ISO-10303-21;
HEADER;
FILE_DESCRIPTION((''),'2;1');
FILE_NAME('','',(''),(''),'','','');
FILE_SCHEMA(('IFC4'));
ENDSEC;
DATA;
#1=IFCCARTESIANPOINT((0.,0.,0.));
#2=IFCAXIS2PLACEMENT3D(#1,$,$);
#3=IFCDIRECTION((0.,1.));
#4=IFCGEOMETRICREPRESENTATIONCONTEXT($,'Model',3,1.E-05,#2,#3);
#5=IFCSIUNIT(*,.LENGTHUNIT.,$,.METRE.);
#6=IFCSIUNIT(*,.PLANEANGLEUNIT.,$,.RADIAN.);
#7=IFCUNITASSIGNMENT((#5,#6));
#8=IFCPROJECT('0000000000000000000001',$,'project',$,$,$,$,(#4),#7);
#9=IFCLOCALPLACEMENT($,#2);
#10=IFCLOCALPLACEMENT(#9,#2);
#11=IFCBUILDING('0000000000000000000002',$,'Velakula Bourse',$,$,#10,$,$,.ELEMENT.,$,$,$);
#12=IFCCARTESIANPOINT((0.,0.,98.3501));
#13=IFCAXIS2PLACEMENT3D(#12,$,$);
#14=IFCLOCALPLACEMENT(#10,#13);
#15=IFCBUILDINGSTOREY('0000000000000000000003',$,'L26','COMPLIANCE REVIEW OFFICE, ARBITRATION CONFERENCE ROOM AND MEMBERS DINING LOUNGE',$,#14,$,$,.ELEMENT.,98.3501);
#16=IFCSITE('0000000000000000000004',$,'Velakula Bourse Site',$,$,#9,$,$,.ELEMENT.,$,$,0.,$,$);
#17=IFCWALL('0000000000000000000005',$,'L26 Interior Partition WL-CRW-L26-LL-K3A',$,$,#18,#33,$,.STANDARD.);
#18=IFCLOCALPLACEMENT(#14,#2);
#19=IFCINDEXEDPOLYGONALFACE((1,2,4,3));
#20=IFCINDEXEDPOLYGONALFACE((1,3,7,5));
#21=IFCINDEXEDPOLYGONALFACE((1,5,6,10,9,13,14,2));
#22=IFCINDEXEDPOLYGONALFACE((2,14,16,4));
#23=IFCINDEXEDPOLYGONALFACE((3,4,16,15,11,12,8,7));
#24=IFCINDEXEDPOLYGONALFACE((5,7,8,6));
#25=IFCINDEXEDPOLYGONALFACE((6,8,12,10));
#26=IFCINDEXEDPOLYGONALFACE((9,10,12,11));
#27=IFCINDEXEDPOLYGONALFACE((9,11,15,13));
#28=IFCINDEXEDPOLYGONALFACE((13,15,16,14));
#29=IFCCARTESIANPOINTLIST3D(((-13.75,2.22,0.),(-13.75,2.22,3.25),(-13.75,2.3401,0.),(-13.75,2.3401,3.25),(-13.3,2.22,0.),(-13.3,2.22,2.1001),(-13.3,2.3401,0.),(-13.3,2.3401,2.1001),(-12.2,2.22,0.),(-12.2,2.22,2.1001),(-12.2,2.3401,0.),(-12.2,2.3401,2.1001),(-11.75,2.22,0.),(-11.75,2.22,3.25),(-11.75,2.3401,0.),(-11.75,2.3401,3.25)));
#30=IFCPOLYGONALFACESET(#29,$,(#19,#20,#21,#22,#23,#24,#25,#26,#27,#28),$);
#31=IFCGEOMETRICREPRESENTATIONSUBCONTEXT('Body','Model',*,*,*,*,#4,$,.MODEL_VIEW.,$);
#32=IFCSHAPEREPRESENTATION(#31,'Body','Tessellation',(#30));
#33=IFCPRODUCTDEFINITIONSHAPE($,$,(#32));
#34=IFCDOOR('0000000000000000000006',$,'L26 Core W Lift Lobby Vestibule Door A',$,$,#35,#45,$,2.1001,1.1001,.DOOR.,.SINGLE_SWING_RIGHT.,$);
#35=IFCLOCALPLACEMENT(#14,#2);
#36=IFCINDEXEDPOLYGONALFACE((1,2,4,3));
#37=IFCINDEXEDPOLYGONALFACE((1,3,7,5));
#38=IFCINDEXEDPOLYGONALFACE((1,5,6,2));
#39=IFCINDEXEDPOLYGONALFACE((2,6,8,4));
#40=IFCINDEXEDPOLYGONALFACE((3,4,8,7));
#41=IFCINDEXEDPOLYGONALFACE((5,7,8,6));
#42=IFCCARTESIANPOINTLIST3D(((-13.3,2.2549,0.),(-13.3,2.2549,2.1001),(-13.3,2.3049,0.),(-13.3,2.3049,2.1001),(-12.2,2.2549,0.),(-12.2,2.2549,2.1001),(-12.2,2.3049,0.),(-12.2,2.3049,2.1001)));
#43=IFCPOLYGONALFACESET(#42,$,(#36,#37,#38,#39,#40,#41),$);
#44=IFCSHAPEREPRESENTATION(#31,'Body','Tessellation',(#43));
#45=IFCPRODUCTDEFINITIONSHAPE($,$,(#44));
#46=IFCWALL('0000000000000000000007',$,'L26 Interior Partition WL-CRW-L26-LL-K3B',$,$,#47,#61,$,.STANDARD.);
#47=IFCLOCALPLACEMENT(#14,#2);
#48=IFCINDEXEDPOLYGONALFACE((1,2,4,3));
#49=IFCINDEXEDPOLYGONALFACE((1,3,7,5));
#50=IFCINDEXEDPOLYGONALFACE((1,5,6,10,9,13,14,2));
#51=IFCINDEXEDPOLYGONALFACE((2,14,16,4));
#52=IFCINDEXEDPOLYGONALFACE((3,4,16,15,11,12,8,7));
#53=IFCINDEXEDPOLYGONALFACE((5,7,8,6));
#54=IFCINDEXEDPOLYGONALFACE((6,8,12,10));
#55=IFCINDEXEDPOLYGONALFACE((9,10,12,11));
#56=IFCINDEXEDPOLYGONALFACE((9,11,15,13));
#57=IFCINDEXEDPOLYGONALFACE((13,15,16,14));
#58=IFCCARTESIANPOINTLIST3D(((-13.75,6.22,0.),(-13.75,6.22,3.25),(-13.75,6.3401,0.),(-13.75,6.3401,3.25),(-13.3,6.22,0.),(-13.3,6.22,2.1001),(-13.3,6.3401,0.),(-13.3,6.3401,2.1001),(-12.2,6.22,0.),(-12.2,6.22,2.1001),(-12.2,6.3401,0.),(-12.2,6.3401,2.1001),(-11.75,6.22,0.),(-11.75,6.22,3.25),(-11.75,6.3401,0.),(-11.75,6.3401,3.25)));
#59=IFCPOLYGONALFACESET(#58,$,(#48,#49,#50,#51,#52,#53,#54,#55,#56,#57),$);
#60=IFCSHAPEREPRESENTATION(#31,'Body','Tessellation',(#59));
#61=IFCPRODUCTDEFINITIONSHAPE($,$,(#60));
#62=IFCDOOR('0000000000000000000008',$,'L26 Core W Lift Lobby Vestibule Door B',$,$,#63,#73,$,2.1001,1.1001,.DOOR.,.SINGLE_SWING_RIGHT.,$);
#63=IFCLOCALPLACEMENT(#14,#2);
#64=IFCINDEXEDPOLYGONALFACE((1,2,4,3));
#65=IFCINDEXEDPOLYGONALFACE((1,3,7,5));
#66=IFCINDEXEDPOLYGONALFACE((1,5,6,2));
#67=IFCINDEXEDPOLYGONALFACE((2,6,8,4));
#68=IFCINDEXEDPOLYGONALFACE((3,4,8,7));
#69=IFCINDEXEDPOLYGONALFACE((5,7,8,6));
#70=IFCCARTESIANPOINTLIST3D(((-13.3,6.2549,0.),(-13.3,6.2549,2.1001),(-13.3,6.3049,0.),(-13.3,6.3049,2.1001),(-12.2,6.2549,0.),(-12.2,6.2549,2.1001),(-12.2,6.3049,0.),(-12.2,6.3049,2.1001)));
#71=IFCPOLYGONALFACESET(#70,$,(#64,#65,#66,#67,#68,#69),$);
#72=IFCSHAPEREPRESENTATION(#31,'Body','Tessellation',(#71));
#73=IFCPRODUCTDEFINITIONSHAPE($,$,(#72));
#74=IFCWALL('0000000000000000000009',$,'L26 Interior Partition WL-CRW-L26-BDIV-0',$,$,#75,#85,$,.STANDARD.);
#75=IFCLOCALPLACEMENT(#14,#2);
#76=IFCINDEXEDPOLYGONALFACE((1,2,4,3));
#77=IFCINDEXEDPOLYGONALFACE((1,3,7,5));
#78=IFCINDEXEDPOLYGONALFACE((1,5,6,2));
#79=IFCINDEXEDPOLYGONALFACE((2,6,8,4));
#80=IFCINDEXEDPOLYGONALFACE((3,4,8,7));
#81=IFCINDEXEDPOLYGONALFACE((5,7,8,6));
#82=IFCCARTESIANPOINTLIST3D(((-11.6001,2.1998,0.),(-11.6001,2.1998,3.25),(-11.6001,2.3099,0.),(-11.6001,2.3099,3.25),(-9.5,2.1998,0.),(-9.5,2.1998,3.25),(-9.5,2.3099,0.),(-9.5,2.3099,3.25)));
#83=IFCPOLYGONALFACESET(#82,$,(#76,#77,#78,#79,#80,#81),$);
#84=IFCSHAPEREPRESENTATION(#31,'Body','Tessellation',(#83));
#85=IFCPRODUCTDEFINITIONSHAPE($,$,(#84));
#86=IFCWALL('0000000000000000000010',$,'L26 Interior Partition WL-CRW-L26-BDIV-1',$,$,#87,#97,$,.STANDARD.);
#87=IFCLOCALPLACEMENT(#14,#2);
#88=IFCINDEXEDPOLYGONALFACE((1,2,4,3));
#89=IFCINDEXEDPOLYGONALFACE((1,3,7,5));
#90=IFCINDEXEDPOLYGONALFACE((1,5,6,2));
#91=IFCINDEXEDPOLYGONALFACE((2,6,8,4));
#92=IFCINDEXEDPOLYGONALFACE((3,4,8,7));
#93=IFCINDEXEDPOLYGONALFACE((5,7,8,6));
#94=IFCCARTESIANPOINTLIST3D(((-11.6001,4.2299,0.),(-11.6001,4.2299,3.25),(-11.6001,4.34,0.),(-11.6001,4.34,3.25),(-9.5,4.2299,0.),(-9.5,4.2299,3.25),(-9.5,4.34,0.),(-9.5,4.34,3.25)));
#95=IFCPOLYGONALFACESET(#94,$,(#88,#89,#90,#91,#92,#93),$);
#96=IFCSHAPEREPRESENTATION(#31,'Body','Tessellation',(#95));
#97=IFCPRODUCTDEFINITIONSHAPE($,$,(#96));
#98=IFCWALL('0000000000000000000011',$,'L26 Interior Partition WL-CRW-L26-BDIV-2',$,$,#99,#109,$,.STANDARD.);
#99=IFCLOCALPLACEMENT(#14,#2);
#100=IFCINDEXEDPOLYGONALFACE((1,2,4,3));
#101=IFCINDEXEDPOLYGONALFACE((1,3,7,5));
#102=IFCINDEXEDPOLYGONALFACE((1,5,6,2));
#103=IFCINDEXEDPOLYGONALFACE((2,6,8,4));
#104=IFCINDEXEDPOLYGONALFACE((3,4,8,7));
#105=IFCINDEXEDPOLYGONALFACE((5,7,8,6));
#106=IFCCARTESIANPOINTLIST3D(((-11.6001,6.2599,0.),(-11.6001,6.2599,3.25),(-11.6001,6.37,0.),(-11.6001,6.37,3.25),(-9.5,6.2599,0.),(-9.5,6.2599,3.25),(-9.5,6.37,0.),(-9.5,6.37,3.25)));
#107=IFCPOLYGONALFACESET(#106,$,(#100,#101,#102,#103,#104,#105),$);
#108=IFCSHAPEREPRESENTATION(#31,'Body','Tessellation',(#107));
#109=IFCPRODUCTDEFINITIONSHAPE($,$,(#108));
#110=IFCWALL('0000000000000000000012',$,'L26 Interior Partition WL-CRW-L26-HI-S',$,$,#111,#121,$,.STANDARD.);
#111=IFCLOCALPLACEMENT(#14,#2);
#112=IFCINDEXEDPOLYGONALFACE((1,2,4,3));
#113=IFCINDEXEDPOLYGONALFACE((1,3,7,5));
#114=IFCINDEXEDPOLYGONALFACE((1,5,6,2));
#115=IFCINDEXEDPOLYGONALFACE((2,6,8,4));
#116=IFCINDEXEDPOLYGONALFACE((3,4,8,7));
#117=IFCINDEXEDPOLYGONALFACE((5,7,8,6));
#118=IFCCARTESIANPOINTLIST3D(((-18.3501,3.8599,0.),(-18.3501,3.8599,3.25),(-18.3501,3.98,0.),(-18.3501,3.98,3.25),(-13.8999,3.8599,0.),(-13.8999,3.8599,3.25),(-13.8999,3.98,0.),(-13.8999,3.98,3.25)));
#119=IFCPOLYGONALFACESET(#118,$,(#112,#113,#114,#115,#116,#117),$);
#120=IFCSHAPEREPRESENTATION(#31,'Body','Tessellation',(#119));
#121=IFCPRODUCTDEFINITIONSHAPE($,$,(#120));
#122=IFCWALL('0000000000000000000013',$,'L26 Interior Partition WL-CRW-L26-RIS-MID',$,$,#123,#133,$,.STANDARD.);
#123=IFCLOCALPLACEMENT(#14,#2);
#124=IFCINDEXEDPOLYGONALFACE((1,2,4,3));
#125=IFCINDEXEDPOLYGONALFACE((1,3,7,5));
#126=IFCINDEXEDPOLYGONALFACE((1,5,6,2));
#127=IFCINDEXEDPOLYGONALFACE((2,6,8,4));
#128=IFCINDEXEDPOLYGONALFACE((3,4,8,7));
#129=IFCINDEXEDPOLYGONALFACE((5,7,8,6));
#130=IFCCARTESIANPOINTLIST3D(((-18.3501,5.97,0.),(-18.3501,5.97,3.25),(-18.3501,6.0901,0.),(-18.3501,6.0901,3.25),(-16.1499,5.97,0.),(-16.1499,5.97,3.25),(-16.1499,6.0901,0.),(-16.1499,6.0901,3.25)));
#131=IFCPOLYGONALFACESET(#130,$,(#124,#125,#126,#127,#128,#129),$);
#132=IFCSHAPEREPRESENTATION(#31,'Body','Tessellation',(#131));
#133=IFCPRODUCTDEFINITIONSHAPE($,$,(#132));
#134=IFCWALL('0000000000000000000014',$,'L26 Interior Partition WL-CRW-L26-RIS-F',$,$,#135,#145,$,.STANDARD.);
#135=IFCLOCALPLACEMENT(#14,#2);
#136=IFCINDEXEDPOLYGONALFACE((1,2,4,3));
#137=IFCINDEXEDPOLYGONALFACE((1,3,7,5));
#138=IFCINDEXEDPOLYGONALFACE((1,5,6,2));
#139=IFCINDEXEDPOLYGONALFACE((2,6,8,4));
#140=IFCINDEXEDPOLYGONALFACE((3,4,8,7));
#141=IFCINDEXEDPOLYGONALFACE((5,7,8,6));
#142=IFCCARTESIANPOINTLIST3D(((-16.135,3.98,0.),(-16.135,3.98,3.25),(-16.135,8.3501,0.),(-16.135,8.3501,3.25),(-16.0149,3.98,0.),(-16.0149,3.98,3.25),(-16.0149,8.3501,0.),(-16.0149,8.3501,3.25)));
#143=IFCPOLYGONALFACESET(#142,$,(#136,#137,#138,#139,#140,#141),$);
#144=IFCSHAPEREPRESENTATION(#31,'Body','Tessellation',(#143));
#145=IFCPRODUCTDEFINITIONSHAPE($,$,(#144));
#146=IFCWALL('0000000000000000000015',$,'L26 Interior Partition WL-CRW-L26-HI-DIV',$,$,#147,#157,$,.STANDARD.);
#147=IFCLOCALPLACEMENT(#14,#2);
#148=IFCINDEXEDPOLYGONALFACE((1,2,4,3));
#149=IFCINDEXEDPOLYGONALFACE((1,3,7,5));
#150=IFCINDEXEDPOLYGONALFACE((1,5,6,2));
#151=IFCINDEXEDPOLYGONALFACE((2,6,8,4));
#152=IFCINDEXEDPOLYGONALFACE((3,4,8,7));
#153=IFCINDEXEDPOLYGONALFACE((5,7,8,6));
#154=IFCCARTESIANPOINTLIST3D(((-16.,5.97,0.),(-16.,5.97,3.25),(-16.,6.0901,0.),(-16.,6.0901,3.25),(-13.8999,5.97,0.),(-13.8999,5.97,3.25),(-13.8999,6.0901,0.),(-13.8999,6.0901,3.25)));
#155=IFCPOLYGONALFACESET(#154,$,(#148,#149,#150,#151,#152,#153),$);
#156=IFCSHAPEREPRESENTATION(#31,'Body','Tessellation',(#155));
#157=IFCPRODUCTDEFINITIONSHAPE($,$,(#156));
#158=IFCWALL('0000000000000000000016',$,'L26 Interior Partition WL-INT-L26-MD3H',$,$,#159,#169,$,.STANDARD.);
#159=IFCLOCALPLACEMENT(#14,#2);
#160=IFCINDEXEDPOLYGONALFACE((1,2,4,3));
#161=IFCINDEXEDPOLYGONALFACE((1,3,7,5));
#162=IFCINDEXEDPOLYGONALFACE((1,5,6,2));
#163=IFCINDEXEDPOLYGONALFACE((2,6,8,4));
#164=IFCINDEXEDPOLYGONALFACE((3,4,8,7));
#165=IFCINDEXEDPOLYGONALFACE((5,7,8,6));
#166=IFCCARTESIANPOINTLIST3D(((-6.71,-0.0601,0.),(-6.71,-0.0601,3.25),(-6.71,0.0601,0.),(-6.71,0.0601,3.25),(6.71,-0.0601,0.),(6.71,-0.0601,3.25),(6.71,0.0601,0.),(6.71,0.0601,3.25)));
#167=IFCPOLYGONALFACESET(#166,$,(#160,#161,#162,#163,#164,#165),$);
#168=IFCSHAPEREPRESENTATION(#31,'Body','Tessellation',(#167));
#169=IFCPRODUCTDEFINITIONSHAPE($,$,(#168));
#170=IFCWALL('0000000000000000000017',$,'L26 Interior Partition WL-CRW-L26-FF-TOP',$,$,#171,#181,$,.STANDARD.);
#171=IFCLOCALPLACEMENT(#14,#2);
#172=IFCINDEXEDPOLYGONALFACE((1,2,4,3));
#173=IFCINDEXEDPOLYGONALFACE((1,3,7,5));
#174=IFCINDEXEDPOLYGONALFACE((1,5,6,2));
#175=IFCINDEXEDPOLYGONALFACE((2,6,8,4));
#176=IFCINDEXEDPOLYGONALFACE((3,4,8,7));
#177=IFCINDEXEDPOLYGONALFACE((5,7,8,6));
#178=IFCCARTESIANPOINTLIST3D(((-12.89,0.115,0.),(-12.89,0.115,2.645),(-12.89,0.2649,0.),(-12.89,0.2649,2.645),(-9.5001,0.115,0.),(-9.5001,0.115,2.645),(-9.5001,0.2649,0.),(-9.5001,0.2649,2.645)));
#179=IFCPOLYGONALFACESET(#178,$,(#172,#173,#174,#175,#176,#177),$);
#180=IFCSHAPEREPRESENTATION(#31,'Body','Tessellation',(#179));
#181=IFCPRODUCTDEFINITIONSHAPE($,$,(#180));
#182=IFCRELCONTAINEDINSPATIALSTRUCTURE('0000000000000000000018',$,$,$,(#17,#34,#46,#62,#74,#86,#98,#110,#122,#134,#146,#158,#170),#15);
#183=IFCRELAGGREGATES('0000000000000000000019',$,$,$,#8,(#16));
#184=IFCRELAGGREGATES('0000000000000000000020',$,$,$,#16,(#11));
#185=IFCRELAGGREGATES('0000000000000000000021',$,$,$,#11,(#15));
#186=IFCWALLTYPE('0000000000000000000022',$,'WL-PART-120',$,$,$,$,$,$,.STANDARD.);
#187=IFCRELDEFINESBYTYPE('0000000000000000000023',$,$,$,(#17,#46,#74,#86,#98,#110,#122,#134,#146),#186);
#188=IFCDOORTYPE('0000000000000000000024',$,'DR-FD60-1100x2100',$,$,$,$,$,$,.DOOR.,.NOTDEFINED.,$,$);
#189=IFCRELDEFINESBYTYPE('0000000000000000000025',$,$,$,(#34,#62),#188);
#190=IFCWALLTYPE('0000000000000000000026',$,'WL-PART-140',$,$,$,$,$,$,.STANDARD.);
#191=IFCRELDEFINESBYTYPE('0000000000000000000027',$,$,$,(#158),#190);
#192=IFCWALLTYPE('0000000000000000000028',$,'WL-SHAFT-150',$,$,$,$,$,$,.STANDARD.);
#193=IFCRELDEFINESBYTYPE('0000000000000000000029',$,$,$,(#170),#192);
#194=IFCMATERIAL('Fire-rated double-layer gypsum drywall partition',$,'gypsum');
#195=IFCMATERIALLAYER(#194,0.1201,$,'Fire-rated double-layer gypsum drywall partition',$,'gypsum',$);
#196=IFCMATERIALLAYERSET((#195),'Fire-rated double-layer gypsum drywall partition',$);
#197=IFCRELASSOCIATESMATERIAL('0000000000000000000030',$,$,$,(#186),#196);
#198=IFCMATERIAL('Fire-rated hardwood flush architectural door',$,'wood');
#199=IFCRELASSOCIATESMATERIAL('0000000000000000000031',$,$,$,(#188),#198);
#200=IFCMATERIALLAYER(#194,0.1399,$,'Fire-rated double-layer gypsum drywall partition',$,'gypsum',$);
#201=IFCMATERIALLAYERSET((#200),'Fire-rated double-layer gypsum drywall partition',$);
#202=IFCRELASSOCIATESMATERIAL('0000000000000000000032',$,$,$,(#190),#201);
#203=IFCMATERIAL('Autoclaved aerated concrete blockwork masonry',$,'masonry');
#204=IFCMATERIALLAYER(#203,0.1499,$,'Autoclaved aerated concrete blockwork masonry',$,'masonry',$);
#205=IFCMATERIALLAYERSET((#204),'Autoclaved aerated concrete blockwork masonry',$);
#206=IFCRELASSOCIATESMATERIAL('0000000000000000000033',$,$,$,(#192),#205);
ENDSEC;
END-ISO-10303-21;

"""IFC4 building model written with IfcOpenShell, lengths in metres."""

from ifc_helpers import new_model, si_unit, direction, frame, frame_2d, origin, place, context, subcontext, project, spatial, rectangle, extrude, material, layer, layer_set, type_object, element, fill, save


model = new_model("IFC4")

# Units and contexts
model_context = context("Model", 3, precision=1e-05, world=origin(), true_north=direction((0.0, 1.0)))
body_context = subcontext(model_context, "Body", "Model", "MODEL_VIEW")
ifc_project = project(units=[si_unit("LENGTHUNIT", "METRE"), si_unit("PLANEANGLEUNIT", "RADIAN")], contexts=[model_context])

# Site, building, storey
site_placement = place(None, origin())
site = spatial("IfcSite", under=ifc_project, at=site_placement, Name="Velakula Bourse Site", CompositionType="ELEMENT", RefElevation=0.0)
building_placement = place(site_placement, origin())
building = spatial("IfcBuilding", under=site, at=building_placement, Name="Velakula Bourse", CompositionType="ELEMENT")
storey_placement = place(building_placement, frame((0.0, 0.0, 98.3501)))
storey = spatial("IfcBuildingStorey", under=building, at=storey_placement, Name="L26", Description="COMPLIANCE REVIEW OFFICE, ARBITRATION CONFERENCE ROOM AND MEMBERS DINING LOUNGE", CompositionType="ELEMENT", Elevation=98.3501)

# Walls, openings, doors
ifc_material_1 = material(Name="Fire-rated double-layer gypsum drywall partition", Category="gypsum")
ifc_layer_1 = layer(ifc_material_1, 0.1201, Name="Fire-rated double-layer gypsum drywall partition", Category="gypsum")
ifc_layer_set_1 = layer_set([ifc_layer_1], Name="Fire-rated double-layer gypsum drywall partition")
wall_type_1 = type_object("IfcWallType", Name="WL-PART-120", PredefinedType="STANDARD", material=ifc_layer_set_1)
wall_1_placement = place(storey_placement, frame((-13.75, 2.28, 0.0), z_axis=(0.0, 0.0, 1.0), x_axis=(1.0, 0.0, 0.0)))
wall_1 = element("IfcWall", 1, at=wall_1_placement, inside=storey, type_object=wall_type_1, Name="L26 Interior Partition WL-CRW-L26-LL-K3A", PredefinedType="STANDARD", context=body_context, shape_type="SweptSolid", body=[
    extrude(rectangle(XDim=2.0, YDim=0.1201, at=frame_2d((1.0, 0.0))), origin(), (0.0, 0.0, 1.0), 3.25),
])
opening_1_placement = place(wall_1_placement, frame((0.45, 0.0, 0.0)))
opening_1 = element("IfcOpeningElement", 2, at=opening_1_placement, cuts=wall_1, PredefinedType="OPENING", context=body_context, shape_type="SweptSolid", body=[
    extrude(rectangle(XDim=1.1001, YDim=2.1001, at=frame_2d((0.55, 1.05))), frame((0.0, 0.0701, 0.0), z_axis=(0.0, -1.0, 0.0), x_axis=(1.0, 0.0, 0.0)), (0.0, 0.0, 1.0), 0.1401),
])
ifc_material_2 = material(Name="Fire-rated hardwood flush architectural door", Category="wood")
door_type_1 = type_object("IfcDoorType", Name="DR-FD60-1100x2100", OperationType="NOTDEFINED", PredefinedType="DOOR", material=ifc_material_2)
door_1_placement = place(opening_1_placement, origin())
door_1 = element("IfcDoor", 3, at=door_1_placement, inside=storey, type_object=door_type_1, Name="L26 Core W Lift Lobby Vestibule Door A", OperationType="SINGLE_SWING_RIGHT", OverallHeight=2.1001, OverallWidth=1.1001, PredefinedType="DOOR", context=body_context, shape_type="SweptSolid", body=[
    extrude(rectangle(XDim=1.1001, YDim=2.1001, at=frame_2d((0.55, 1.05))), frame((0.0, 0.0249, 0.0), z_axis=(0.0, -1.0, 0.0), x_axis=(1.0, 0.0, 0.0)), (0.0, 0.0, 1.0), 0.05),
])
fill(opening_1, door_1)
wall_2_placement = place(storey_placement, frame((-13.75, 6.28, 0.0), z_axis=(0.0, 0.0, 1.0), x_axis=(1.0, 0.0, 0.0)))
wall_2 = element("IfcWall", 4, at=wall_2_placement, inside=storey, type_object=wall_type_1, Name="L26 Interior Partition WL-CRW-L26-LL-K3B", PredefinedType="STANDARD", context=body_context, shape_type="SweptSolid", body=[
    extrude(rectangle(XDim=2.0, YDim=0.1201, at=frame_2d((1.0, 0.0))), origin(), (0.0, 0.0, 1.0), 3.25),
])
opening_2_placement = place(wall_2_placement, frame((0.45, 0.0, 0.0)))
opening_2 = element("IfcOpeningElement", 5, at=opening_2_placement, cuts=wall_2, PredefinedType="OPENING", context=body_context, shape_type="SweptSolid", body=[
    extrude(rectangle(XDim=1.1001, YDim=2.1001, at=frame_2d((0.55, 1.05))), frame((0.0, 0.0701, 0.0), z_axis=(0.0, -1.0, 0.0), x_axis=(1.0, 0.0, 0.0)), (0.0, 0.0, 1.0), 0.1401),
])
door_2_placement = place(opening_2_placement, origin())
door_2 = element("IfcDoor", 6, at=door_2_placement, inside=storey, type_object=door_type_1, Name="L26 Core W Lift Lobby Vestibule Door B", OperationType="SINGLE_SWING_RIGHT", OverallHeight=2.1001, OverallWidth=1.1001, PredefinedType="DOOR", context=body_context, shape_type="SweptSolid", body=[
    extrude(rectangle(XDim=1.1001, YDim=2.1001, at=frame_2d((0.55, 1.05))), frame((0.0, 0.0249, 0.0), z_axis=(0.0, -1.0, 0.0), x_axis=(1.0, 0.0, 0.0)), (0.0, 0.0, 1.0), 0.05),
])
fill(opening_2, door_2)

# Walls
for number, where, z_axis, x_axis, name in (
    (7, (-11.6001, 2.2549, 0.0), (0.0, 0.0, 1.0), (1.0, 0.0, 0.0), "L26 Interior Partition WL-CRW-L26-BDIV-0"),
    (8, (-11.6001, 4.2849, 0.0), (0.0, 0.0, 1.0), (1.0, 0.0, 0.0), "L26 Interior Partition WL-CRW-L26-BDIV-1"),
    (9, (-11.6001, 6.3149, 0.0), (0.0, 0.0, 1.0), (1.0, 0.0, 0.0), "L26 Interior Partition WL-CRW-L26-BDIV-2"),
):
    element("IfcWall", number, at=place(storey_placement, frame(where, z_axis=z_axis, x_axis=x_axis)), inside=storey, type_object=wall_type_1, Name=name, PredefinedType="STANDARD", context=body_context, shape_type="SweptSolid", body=[
        extrude(rectangle(XDim=2.1001, YDim=0.1101, at=frame_2d((1.05, 0.0))), origin(), (0.0, 0.0, 1.0), 3.25),
    ])
wall_3_placement = place(storey_placement, frame((-18.3501, 3.9199, 0.0), z_axis=(0.0, 0.0, 1.0), x_axis=(1.0, 0.0, 0.0)))
element("IfcWall", 10, at=wall_3_placement, inside=storey, type_object=wall_type_1, Name="L26 Interior Partition WL-CRW-L26-HI-S", PredefinedType="STANDARD", context=body_context, shape_type="SweptSolid", body=[
    extrude(rectangle(XDim=4.4502, YDim=0.1201, at=frame_2d((2.2251, 0.0))), origin(), (0.0, 0.0, 1.0), 3.25),
])
wall_4_placement = place(storey_placement, frame((-18.3501, 6.03, 0.0), z_axis=(0.0, 0.0, 1.0), x_axis=(1.0, 0.0, 0.0)))
element("IfcWall", 11, at=wall_4_placement, inside=storey, type_object=wall_type_1, Name="L26 Interior Partition WL-CRW-L26-RIS-MID", PredefinedType="STANDARD", context=body_context, shape_type="SweptSolid", body=[
    extrude(rectangle(XDim=2.2002, YDim=0.1201, at=frame_2d((1.1001, 0.0))), origin(), (0.0, 0.0, 1.0), 3.25),
])
wall_5_placement = place(storey_placement, frame((-16.075, 3.98, 0.0), z_axis=(0.0, 0.0, 1.0), x_axis=(0.0, 1.0, 0.0)))
element("IfcWall", 12, at=wall_5_placement, inside=storey, type_object=wall_type_1, Name="L26 Interior Partition WL-CRW-L26-RIS-F", PredefinedType="STANDARD", context=body_context, shape_type="SweptSolid", body=[
    extrude(rectangle(XDim=4.3701, YDim=0.1201, at=frame_2d((2.1851, 0.0))), origin(), (0.0, 0.0, 1.0), 3.25),
])
wall_6_placement = place(storey_placement, frame((-16.0, 6.03, 0.0), z_axis=(0.0, 0.0, 1.0), x_axis=(1.0, 0.0, 0.0)))
element("IfcWall", 13, at=wall_6_placement, inside=storey, type_object=wall_type_1, Name="L26 Interior Partition WL-CRW-L26-HI-DIV", PredefinedType="STANDARD", context=body_context, shape_type="SweptSolid", body=[
    extrude(rectangle(XDim=2.1001, YDim=0.1201, at=frame_2d((1.05, 0.0))), origin(), (0.0, 0.0, 1.0), 3.25),
])
ifc_layer_2 = layer(ifc_material_1, 0.1399, Name="Fire-rated double-layer gypsum drywall partition", Category="gypsum")
ifc_layer_set_2 = layer_set([ifc_layer_2], Name="Fire-rated double-layer gypsum drywall partition")
wall_type_2 = type_object("IfcWallType", Name="WL-PART-140", PredefinedType="STANDARD", material=ifc_layer_set_2)
wall_7_placement = place(storey_placement, frame((-6.71, 0.0, 0.0), z_axis=(0.0, 0.0, 1.0), x_axis=(1.0, 0.0, 0.0)))
element("IfcWall", 14, at=wall_7_placement, inside=storey, type_object=wall_type_2, Name="L26 Interior Partition WL-INT-L26-MD3H", PredefinedType="STANDARD", context=body_context, shape_type="SweptSolid", body=[
    extrude(rectangle(XDim=13.4199, YDim=0.1201, at=frame_2d((6.71, 0.0))), origin(), (0.0, 0.0, 1.0), 3.25),
])
ifc_material_3 = material(Name="Autoclaved aerated concrete blockwork masonry", Category="masonry")
ifc_layer_3 = layer(ifc_material_3, 0.1499, Name="Autoclaved aerated concrete blockwork masonry", Category="masonry")
ifc_layer_set_3 = layer_set([ifc_layer_3], Name="Autoclaved aerated concrete blockwork masonry")
wall_type_3 = type_object("IfcWallType", Name="WL-SHAFT-150", PredefinedType="STANDARD", material=ifc_layer_set_3)
wall_8_placement = place(storey_placement, frame((-12.8899, 0.1899, 0.0), z_axis=(0.0, 0.0, 1.0), x_axis=(1.0, 0.0, 0.0)))
element("IfcWall", 15, at=wall_8_placement, inside=storey, type_object=wall_type_3, Name="L26 Interior Partition WL-CRW-L26-FF-TOP", PredefinedType="STANDARD", context=body_context, shape_type="SweptSolid", body=[
    extrude(rectangle(XDim=3.3899, YDim=0.1499, at=frame_2d((1.6948, 0.0))), origin(), (0.0, 0.0, 1.0), 2.645),
])

save(model, "model.ifc")
